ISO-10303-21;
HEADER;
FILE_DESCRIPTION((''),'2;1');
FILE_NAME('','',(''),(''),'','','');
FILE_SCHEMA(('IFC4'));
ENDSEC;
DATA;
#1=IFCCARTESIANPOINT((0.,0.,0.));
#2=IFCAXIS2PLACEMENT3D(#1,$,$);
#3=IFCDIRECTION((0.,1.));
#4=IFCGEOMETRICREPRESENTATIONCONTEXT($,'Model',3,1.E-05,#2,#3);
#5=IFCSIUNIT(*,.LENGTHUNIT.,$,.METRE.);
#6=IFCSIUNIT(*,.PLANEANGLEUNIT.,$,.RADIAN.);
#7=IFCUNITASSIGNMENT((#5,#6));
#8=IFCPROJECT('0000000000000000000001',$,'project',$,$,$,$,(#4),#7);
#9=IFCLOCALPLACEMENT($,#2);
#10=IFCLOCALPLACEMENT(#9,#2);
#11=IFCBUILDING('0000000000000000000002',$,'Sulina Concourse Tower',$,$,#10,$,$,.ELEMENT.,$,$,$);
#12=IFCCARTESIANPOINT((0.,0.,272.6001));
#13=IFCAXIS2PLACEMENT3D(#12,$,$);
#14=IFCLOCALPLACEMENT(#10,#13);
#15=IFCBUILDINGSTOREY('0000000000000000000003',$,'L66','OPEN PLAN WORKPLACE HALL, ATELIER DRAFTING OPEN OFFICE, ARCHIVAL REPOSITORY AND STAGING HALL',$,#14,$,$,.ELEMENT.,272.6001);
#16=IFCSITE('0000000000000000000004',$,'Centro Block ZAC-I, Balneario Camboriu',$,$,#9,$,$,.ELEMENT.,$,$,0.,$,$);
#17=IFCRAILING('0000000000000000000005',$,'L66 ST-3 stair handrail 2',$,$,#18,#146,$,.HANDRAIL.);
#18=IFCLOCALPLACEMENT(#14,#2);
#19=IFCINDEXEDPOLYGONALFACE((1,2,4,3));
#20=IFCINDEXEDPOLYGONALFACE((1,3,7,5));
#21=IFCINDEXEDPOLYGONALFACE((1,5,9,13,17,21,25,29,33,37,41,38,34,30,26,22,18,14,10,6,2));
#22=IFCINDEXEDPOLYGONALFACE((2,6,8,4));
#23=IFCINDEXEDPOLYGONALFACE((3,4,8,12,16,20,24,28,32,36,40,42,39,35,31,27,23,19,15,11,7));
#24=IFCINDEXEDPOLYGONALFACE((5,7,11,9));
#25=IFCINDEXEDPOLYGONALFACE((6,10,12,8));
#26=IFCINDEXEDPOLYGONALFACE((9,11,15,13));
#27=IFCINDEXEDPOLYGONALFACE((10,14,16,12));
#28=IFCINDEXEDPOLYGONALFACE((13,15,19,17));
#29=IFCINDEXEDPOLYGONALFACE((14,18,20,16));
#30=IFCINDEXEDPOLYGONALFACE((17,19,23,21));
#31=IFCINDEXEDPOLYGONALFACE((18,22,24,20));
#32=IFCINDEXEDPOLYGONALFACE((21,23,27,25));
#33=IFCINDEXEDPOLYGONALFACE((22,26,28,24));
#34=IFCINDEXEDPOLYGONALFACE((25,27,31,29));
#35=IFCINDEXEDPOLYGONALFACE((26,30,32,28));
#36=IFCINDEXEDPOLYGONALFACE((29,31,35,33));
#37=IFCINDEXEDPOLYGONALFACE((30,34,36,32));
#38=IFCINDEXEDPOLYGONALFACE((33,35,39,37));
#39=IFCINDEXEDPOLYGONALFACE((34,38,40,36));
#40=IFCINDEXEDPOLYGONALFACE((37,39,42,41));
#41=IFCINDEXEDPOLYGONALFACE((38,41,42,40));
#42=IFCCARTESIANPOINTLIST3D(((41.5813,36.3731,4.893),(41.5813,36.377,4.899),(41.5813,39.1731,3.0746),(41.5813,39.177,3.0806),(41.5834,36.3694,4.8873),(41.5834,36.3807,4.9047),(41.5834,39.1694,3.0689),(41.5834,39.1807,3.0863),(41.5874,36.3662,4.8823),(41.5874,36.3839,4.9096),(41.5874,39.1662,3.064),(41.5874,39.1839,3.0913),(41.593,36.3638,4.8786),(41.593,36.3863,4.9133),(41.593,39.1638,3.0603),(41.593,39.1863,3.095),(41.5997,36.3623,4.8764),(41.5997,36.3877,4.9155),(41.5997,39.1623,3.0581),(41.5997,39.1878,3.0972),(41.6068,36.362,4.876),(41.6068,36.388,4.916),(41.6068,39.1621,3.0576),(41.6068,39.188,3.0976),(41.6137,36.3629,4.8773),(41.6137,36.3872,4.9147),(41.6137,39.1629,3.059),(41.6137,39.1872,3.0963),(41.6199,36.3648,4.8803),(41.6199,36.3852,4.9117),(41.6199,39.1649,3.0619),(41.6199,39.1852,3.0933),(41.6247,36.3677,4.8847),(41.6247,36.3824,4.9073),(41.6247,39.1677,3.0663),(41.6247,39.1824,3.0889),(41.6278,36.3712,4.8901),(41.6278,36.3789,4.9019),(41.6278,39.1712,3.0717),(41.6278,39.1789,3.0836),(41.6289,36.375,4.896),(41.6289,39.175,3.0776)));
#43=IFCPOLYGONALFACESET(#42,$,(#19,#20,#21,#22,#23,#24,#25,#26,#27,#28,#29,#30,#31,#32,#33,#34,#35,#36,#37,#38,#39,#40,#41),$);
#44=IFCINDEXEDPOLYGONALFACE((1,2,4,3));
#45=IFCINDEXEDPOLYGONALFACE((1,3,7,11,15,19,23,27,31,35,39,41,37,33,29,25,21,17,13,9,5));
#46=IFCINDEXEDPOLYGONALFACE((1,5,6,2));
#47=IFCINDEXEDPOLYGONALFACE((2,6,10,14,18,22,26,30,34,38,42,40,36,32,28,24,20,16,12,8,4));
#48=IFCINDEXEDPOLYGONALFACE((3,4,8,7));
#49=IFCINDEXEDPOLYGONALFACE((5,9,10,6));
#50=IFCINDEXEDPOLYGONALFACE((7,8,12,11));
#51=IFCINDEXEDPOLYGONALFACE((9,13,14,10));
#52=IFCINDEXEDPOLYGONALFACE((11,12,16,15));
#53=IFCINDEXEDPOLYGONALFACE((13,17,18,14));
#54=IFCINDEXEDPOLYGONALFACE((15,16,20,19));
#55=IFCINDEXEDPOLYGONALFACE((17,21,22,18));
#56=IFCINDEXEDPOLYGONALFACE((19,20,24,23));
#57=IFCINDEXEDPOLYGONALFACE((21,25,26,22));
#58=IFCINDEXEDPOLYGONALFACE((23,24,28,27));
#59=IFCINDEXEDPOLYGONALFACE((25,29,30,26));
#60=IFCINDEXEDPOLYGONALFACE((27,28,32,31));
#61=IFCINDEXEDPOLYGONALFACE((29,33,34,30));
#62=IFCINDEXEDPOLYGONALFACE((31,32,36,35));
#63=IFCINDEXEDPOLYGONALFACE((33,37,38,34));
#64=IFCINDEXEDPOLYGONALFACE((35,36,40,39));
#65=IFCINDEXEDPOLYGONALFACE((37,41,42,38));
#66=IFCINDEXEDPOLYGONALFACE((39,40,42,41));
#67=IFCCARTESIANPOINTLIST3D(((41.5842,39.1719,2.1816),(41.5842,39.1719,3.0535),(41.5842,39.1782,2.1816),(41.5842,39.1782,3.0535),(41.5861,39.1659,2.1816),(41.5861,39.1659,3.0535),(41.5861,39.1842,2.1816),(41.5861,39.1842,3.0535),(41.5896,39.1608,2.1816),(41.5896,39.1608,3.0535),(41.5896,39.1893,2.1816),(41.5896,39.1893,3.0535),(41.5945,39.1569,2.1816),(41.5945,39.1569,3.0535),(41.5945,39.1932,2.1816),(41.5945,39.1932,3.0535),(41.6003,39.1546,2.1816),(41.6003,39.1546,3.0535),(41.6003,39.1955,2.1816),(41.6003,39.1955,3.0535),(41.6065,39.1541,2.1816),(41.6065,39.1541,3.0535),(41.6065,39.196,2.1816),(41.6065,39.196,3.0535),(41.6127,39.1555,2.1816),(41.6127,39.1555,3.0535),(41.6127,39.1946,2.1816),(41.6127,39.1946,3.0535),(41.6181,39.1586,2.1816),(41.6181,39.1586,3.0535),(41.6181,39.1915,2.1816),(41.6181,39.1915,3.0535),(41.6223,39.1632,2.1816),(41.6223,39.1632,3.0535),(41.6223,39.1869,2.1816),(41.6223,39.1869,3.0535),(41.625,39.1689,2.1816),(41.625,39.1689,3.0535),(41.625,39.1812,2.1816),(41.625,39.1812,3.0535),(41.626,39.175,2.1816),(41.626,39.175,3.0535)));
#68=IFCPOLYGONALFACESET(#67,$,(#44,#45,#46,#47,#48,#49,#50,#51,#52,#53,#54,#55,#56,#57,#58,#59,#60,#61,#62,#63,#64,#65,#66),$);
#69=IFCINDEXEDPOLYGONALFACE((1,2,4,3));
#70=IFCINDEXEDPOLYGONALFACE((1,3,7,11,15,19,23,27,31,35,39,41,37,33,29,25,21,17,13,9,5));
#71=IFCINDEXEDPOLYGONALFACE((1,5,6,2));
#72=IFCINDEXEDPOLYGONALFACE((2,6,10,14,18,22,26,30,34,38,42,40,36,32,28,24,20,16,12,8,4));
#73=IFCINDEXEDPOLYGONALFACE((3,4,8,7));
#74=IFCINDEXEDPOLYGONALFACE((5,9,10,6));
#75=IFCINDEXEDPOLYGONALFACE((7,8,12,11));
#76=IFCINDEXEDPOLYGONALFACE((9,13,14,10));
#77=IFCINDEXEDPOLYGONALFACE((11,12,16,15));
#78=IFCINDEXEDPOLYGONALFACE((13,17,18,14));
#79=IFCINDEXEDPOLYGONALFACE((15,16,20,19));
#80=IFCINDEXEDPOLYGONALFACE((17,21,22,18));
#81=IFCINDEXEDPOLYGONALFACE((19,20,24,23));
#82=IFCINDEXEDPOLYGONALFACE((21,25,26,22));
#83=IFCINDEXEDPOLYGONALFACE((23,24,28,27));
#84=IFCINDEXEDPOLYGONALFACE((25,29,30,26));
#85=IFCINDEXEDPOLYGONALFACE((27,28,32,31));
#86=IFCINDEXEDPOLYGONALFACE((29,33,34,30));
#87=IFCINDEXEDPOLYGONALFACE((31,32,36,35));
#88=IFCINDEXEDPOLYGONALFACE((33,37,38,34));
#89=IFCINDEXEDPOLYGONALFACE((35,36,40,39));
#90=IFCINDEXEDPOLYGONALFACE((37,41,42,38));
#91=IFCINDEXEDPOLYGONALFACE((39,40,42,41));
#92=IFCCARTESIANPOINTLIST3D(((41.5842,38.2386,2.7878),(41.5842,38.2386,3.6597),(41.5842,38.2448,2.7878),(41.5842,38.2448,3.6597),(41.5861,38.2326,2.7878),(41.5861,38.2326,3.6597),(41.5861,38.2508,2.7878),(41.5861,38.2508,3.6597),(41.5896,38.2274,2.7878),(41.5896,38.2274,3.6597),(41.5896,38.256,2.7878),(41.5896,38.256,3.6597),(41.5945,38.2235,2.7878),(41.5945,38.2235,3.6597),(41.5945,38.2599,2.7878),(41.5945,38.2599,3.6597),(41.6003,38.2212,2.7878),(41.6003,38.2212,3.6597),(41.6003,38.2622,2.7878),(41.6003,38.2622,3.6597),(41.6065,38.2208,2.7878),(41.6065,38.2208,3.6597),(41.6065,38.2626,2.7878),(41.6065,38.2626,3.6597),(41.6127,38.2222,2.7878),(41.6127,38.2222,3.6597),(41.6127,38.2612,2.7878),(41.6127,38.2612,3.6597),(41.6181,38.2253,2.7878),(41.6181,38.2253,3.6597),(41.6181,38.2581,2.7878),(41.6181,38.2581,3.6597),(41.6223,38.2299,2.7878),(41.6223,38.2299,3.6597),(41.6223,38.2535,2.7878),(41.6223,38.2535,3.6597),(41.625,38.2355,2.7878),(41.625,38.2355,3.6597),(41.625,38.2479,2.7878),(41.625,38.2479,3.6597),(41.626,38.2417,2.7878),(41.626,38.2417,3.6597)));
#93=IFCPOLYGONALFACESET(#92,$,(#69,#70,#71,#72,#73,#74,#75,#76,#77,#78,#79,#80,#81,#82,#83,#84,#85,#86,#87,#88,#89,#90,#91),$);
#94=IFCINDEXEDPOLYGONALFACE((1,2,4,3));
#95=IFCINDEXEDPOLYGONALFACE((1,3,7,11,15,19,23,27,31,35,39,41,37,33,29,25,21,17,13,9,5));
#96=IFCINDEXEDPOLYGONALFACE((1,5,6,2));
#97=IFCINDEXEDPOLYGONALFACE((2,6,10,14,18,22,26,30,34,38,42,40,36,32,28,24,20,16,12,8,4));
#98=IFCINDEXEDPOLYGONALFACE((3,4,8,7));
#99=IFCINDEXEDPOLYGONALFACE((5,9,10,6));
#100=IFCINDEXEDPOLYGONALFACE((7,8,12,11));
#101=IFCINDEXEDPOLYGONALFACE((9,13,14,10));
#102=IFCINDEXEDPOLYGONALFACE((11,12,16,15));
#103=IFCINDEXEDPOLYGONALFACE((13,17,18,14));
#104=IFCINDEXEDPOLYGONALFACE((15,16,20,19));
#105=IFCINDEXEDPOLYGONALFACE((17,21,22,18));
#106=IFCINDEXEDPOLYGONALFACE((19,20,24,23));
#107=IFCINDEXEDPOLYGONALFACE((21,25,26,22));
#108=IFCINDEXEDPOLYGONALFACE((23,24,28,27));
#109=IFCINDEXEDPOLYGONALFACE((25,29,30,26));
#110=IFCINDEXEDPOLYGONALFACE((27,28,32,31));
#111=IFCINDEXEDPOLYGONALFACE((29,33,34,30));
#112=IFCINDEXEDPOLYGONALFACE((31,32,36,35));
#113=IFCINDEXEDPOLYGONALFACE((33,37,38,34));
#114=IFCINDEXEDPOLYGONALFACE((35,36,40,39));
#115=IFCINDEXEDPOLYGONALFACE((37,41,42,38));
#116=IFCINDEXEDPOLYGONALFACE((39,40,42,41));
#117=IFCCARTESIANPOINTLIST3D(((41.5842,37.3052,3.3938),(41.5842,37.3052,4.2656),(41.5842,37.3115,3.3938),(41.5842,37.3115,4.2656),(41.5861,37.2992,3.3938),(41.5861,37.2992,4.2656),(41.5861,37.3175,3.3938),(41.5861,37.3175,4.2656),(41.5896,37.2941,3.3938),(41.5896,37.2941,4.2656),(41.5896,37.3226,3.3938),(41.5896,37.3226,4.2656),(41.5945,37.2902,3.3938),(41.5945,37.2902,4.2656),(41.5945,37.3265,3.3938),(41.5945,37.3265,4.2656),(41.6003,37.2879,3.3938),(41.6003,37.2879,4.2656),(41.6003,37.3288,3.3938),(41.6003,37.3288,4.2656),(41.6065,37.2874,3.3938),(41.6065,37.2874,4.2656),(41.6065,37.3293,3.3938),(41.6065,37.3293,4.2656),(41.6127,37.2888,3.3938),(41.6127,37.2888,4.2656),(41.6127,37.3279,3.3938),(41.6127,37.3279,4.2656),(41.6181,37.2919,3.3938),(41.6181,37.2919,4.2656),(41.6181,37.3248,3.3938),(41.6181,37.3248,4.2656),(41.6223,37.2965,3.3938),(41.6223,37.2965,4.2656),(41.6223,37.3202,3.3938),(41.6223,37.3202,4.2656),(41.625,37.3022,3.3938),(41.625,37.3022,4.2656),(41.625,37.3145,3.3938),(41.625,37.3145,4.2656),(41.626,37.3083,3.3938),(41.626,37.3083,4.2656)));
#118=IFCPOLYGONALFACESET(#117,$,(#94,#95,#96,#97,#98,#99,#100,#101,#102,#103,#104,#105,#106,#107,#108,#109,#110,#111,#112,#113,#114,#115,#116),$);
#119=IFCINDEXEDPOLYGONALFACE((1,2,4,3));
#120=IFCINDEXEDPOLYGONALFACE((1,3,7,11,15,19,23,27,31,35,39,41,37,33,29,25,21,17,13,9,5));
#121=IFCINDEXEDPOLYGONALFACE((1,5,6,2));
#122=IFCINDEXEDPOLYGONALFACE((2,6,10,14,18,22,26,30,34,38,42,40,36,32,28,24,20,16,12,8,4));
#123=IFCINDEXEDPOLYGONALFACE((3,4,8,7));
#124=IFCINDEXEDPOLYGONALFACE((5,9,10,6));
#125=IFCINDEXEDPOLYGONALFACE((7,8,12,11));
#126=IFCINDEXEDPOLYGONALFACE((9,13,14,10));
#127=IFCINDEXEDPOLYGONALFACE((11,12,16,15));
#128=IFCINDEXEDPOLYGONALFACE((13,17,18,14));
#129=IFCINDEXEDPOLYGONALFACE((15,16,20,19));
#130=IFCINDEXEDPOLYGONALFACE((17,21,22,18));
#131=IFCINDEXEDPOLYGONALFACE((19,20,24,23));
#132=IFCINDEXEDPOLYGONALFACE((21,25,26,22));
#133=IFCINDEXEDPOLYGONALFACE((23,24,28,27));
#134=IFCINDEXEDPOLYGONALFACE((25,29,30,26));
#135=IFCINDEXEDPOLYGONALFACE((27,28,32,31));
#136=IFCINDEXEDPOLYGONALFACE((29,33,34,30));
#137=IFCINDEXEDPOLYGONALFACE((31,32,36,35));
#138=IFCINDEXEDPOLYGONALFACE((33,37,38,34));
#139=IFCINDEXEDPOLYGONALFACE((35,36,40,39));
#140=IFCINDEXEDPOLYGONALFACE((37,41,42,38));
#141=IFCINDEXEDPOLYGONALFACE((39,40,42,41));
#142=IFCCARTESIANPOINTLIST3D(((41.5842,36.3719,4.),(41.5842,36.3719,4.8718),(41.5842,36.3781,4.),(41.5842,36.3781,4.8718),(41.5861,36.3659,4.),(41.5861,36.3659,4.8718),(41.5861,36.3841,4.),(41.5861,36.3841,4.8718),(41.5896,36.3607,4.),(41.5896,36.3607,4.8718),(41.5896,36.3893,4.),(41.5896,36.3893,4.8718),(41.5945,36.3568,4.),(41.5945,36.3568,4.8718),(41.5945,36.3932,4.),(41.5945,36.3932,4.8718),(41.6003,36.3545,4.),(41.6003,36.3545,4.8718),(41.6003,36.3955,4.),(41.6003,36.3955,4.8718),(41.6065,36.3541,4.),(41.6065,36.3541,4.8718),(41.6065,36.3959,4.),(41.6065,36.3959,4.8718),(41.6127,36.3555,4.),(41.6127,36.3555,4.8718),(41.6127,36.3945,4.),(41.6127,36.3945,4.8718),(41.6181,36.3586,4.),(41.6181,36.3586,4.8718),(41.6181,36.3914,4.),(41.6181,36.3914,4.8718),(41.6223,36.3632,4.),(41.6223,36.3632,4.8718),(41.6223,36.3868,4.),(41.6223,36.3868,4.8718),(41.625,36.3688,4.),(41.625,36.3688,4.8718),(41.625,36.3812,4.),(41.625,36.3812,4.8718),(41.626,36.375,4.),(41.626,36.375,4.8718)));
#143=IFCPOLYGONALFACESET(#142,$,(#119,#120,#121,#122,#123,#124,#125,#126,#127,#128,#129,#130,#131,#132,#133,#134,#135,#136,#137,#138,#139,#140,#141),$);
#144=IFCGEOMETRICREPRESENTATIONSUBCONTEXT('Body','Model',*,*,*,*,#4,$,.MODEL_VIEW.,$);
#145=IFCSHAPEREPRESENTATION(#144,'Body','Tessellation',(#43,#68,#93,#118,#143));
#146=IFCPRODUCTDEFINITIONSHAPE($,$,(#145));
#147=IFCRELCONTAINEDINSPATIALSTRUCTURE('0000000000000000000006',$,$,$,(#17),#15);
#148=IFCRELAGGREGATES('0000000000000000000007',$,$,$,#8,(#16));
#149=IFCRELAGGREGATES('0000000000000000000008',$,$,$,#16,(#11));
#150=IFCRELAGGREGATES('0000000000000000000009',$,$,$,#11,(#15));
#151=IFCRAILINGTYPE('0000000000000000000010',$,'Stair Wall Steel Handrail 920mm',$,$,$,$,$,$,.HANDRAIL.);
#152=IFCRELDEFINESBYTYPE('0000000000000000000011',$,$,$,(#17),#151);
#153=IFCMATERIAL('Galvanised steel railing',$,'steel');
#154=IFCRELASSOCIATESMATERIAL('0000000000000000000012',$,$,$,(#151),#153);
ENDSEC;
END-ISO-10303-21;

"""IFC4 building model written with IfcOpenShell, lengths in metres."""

from ifc_helpers import new_model, si_unit, direction, frame, origin, origin_2d, place, context, subcontext, project, spatial, circle, extrude, material, type_object, element, save


model = new_model("IFC4")

# Units and contexts
model_context = context("Model", 3, precision=1e-05, world=origin(), true_north=direction((0.0, 1.0)))
body_context = subcontext(model_context, "Body", "Model", "MODEL_VIEW")
ifc_project = project(units=[si_unit("LENGTHUNIT", "METRE"), si_unit("PLANEANGLEUNIT", "RADIAN")], contexts=[model_context])

# Site, building, storey
site_placement = place(None, origin())
site = spatial("IfcSite", under=ifc_project, at=site_placement, Name="Centro Block ZAC-I, Balneario Camboriu", CompositionType="ELEMENT", RefElevation=0.0)
building_placement = place(site_placement, origin())
building = spatial("IfcBuilding", under=site, at=building_placement, Name="Sulina Concourse Tower", CompositionType="ELEMENT")
storey_placement = place(building_placement, frame((0.0, 0.0, 272.6001)))
storey = spatial("IfcBuildingStorey", under=building, at=storey_placement, Name="L66", Description="OPEN PLAN WORKPLACE HALL, ATELIER DRAFTING OPEN OFFICE, ARCHIVAL REPOSITORY AND STAGING HALL", CompositionType="ELEMENT", Elevation=272.6001)

# Railing
ifc_material_1 = material(Name="Galvanised steel railing", Category="steel")
railing_type_1 = type_object("IfcRailingType", Name="Stair Wall Steel Handrail 920mm", PredefinedType="HANDRAIL", material=ifc_material_1)
railing_1_placement = place(storey_placement, frame((41.605, 39.175, 2.1816)))
element("IfcRailing", 1, at=railing_1_placement, inside=storey, type_object=railing_type_1, Name="L66 ST-3 stair handrail 2", PredefinedType="HANDRAIL", context=body_context, shape_type="SweptSolid", body=[
    extrude(circle(Radius=0.0239, at=origin_2d()), frame((0.0, 0.0, 0.896), z_axis=(0.0, -0.838672, 0.544636), x_axis=(1.0, 0.0, 0.0)), (0.0, 0.0, 1.0), 3.3386),
    extrude(circle(Radius=0.021, at=origin_2d()), origin(), (0.0, 0.0, 1.0), 0.8718),
    extrude(circle(Radius=0.021, at=origin_2d()), frame((0.0, -0.9333, 0.6062)), (0.0, 0.0, 1.0), 0.8718),
    extrude(circle(Radius=0.021, at=origin_2d()), frame((0.0, -1.8667, 1.2122)), (0.0, 0.0, 1.0), 0.8718),
    extrude(circle(Radius=0.021, at=origin_2d()), frame((0.0, -2.8, 1.8184)), (0.0, 0.0, 1.0), 0.8718),
])

save(model, "model.ifc")
